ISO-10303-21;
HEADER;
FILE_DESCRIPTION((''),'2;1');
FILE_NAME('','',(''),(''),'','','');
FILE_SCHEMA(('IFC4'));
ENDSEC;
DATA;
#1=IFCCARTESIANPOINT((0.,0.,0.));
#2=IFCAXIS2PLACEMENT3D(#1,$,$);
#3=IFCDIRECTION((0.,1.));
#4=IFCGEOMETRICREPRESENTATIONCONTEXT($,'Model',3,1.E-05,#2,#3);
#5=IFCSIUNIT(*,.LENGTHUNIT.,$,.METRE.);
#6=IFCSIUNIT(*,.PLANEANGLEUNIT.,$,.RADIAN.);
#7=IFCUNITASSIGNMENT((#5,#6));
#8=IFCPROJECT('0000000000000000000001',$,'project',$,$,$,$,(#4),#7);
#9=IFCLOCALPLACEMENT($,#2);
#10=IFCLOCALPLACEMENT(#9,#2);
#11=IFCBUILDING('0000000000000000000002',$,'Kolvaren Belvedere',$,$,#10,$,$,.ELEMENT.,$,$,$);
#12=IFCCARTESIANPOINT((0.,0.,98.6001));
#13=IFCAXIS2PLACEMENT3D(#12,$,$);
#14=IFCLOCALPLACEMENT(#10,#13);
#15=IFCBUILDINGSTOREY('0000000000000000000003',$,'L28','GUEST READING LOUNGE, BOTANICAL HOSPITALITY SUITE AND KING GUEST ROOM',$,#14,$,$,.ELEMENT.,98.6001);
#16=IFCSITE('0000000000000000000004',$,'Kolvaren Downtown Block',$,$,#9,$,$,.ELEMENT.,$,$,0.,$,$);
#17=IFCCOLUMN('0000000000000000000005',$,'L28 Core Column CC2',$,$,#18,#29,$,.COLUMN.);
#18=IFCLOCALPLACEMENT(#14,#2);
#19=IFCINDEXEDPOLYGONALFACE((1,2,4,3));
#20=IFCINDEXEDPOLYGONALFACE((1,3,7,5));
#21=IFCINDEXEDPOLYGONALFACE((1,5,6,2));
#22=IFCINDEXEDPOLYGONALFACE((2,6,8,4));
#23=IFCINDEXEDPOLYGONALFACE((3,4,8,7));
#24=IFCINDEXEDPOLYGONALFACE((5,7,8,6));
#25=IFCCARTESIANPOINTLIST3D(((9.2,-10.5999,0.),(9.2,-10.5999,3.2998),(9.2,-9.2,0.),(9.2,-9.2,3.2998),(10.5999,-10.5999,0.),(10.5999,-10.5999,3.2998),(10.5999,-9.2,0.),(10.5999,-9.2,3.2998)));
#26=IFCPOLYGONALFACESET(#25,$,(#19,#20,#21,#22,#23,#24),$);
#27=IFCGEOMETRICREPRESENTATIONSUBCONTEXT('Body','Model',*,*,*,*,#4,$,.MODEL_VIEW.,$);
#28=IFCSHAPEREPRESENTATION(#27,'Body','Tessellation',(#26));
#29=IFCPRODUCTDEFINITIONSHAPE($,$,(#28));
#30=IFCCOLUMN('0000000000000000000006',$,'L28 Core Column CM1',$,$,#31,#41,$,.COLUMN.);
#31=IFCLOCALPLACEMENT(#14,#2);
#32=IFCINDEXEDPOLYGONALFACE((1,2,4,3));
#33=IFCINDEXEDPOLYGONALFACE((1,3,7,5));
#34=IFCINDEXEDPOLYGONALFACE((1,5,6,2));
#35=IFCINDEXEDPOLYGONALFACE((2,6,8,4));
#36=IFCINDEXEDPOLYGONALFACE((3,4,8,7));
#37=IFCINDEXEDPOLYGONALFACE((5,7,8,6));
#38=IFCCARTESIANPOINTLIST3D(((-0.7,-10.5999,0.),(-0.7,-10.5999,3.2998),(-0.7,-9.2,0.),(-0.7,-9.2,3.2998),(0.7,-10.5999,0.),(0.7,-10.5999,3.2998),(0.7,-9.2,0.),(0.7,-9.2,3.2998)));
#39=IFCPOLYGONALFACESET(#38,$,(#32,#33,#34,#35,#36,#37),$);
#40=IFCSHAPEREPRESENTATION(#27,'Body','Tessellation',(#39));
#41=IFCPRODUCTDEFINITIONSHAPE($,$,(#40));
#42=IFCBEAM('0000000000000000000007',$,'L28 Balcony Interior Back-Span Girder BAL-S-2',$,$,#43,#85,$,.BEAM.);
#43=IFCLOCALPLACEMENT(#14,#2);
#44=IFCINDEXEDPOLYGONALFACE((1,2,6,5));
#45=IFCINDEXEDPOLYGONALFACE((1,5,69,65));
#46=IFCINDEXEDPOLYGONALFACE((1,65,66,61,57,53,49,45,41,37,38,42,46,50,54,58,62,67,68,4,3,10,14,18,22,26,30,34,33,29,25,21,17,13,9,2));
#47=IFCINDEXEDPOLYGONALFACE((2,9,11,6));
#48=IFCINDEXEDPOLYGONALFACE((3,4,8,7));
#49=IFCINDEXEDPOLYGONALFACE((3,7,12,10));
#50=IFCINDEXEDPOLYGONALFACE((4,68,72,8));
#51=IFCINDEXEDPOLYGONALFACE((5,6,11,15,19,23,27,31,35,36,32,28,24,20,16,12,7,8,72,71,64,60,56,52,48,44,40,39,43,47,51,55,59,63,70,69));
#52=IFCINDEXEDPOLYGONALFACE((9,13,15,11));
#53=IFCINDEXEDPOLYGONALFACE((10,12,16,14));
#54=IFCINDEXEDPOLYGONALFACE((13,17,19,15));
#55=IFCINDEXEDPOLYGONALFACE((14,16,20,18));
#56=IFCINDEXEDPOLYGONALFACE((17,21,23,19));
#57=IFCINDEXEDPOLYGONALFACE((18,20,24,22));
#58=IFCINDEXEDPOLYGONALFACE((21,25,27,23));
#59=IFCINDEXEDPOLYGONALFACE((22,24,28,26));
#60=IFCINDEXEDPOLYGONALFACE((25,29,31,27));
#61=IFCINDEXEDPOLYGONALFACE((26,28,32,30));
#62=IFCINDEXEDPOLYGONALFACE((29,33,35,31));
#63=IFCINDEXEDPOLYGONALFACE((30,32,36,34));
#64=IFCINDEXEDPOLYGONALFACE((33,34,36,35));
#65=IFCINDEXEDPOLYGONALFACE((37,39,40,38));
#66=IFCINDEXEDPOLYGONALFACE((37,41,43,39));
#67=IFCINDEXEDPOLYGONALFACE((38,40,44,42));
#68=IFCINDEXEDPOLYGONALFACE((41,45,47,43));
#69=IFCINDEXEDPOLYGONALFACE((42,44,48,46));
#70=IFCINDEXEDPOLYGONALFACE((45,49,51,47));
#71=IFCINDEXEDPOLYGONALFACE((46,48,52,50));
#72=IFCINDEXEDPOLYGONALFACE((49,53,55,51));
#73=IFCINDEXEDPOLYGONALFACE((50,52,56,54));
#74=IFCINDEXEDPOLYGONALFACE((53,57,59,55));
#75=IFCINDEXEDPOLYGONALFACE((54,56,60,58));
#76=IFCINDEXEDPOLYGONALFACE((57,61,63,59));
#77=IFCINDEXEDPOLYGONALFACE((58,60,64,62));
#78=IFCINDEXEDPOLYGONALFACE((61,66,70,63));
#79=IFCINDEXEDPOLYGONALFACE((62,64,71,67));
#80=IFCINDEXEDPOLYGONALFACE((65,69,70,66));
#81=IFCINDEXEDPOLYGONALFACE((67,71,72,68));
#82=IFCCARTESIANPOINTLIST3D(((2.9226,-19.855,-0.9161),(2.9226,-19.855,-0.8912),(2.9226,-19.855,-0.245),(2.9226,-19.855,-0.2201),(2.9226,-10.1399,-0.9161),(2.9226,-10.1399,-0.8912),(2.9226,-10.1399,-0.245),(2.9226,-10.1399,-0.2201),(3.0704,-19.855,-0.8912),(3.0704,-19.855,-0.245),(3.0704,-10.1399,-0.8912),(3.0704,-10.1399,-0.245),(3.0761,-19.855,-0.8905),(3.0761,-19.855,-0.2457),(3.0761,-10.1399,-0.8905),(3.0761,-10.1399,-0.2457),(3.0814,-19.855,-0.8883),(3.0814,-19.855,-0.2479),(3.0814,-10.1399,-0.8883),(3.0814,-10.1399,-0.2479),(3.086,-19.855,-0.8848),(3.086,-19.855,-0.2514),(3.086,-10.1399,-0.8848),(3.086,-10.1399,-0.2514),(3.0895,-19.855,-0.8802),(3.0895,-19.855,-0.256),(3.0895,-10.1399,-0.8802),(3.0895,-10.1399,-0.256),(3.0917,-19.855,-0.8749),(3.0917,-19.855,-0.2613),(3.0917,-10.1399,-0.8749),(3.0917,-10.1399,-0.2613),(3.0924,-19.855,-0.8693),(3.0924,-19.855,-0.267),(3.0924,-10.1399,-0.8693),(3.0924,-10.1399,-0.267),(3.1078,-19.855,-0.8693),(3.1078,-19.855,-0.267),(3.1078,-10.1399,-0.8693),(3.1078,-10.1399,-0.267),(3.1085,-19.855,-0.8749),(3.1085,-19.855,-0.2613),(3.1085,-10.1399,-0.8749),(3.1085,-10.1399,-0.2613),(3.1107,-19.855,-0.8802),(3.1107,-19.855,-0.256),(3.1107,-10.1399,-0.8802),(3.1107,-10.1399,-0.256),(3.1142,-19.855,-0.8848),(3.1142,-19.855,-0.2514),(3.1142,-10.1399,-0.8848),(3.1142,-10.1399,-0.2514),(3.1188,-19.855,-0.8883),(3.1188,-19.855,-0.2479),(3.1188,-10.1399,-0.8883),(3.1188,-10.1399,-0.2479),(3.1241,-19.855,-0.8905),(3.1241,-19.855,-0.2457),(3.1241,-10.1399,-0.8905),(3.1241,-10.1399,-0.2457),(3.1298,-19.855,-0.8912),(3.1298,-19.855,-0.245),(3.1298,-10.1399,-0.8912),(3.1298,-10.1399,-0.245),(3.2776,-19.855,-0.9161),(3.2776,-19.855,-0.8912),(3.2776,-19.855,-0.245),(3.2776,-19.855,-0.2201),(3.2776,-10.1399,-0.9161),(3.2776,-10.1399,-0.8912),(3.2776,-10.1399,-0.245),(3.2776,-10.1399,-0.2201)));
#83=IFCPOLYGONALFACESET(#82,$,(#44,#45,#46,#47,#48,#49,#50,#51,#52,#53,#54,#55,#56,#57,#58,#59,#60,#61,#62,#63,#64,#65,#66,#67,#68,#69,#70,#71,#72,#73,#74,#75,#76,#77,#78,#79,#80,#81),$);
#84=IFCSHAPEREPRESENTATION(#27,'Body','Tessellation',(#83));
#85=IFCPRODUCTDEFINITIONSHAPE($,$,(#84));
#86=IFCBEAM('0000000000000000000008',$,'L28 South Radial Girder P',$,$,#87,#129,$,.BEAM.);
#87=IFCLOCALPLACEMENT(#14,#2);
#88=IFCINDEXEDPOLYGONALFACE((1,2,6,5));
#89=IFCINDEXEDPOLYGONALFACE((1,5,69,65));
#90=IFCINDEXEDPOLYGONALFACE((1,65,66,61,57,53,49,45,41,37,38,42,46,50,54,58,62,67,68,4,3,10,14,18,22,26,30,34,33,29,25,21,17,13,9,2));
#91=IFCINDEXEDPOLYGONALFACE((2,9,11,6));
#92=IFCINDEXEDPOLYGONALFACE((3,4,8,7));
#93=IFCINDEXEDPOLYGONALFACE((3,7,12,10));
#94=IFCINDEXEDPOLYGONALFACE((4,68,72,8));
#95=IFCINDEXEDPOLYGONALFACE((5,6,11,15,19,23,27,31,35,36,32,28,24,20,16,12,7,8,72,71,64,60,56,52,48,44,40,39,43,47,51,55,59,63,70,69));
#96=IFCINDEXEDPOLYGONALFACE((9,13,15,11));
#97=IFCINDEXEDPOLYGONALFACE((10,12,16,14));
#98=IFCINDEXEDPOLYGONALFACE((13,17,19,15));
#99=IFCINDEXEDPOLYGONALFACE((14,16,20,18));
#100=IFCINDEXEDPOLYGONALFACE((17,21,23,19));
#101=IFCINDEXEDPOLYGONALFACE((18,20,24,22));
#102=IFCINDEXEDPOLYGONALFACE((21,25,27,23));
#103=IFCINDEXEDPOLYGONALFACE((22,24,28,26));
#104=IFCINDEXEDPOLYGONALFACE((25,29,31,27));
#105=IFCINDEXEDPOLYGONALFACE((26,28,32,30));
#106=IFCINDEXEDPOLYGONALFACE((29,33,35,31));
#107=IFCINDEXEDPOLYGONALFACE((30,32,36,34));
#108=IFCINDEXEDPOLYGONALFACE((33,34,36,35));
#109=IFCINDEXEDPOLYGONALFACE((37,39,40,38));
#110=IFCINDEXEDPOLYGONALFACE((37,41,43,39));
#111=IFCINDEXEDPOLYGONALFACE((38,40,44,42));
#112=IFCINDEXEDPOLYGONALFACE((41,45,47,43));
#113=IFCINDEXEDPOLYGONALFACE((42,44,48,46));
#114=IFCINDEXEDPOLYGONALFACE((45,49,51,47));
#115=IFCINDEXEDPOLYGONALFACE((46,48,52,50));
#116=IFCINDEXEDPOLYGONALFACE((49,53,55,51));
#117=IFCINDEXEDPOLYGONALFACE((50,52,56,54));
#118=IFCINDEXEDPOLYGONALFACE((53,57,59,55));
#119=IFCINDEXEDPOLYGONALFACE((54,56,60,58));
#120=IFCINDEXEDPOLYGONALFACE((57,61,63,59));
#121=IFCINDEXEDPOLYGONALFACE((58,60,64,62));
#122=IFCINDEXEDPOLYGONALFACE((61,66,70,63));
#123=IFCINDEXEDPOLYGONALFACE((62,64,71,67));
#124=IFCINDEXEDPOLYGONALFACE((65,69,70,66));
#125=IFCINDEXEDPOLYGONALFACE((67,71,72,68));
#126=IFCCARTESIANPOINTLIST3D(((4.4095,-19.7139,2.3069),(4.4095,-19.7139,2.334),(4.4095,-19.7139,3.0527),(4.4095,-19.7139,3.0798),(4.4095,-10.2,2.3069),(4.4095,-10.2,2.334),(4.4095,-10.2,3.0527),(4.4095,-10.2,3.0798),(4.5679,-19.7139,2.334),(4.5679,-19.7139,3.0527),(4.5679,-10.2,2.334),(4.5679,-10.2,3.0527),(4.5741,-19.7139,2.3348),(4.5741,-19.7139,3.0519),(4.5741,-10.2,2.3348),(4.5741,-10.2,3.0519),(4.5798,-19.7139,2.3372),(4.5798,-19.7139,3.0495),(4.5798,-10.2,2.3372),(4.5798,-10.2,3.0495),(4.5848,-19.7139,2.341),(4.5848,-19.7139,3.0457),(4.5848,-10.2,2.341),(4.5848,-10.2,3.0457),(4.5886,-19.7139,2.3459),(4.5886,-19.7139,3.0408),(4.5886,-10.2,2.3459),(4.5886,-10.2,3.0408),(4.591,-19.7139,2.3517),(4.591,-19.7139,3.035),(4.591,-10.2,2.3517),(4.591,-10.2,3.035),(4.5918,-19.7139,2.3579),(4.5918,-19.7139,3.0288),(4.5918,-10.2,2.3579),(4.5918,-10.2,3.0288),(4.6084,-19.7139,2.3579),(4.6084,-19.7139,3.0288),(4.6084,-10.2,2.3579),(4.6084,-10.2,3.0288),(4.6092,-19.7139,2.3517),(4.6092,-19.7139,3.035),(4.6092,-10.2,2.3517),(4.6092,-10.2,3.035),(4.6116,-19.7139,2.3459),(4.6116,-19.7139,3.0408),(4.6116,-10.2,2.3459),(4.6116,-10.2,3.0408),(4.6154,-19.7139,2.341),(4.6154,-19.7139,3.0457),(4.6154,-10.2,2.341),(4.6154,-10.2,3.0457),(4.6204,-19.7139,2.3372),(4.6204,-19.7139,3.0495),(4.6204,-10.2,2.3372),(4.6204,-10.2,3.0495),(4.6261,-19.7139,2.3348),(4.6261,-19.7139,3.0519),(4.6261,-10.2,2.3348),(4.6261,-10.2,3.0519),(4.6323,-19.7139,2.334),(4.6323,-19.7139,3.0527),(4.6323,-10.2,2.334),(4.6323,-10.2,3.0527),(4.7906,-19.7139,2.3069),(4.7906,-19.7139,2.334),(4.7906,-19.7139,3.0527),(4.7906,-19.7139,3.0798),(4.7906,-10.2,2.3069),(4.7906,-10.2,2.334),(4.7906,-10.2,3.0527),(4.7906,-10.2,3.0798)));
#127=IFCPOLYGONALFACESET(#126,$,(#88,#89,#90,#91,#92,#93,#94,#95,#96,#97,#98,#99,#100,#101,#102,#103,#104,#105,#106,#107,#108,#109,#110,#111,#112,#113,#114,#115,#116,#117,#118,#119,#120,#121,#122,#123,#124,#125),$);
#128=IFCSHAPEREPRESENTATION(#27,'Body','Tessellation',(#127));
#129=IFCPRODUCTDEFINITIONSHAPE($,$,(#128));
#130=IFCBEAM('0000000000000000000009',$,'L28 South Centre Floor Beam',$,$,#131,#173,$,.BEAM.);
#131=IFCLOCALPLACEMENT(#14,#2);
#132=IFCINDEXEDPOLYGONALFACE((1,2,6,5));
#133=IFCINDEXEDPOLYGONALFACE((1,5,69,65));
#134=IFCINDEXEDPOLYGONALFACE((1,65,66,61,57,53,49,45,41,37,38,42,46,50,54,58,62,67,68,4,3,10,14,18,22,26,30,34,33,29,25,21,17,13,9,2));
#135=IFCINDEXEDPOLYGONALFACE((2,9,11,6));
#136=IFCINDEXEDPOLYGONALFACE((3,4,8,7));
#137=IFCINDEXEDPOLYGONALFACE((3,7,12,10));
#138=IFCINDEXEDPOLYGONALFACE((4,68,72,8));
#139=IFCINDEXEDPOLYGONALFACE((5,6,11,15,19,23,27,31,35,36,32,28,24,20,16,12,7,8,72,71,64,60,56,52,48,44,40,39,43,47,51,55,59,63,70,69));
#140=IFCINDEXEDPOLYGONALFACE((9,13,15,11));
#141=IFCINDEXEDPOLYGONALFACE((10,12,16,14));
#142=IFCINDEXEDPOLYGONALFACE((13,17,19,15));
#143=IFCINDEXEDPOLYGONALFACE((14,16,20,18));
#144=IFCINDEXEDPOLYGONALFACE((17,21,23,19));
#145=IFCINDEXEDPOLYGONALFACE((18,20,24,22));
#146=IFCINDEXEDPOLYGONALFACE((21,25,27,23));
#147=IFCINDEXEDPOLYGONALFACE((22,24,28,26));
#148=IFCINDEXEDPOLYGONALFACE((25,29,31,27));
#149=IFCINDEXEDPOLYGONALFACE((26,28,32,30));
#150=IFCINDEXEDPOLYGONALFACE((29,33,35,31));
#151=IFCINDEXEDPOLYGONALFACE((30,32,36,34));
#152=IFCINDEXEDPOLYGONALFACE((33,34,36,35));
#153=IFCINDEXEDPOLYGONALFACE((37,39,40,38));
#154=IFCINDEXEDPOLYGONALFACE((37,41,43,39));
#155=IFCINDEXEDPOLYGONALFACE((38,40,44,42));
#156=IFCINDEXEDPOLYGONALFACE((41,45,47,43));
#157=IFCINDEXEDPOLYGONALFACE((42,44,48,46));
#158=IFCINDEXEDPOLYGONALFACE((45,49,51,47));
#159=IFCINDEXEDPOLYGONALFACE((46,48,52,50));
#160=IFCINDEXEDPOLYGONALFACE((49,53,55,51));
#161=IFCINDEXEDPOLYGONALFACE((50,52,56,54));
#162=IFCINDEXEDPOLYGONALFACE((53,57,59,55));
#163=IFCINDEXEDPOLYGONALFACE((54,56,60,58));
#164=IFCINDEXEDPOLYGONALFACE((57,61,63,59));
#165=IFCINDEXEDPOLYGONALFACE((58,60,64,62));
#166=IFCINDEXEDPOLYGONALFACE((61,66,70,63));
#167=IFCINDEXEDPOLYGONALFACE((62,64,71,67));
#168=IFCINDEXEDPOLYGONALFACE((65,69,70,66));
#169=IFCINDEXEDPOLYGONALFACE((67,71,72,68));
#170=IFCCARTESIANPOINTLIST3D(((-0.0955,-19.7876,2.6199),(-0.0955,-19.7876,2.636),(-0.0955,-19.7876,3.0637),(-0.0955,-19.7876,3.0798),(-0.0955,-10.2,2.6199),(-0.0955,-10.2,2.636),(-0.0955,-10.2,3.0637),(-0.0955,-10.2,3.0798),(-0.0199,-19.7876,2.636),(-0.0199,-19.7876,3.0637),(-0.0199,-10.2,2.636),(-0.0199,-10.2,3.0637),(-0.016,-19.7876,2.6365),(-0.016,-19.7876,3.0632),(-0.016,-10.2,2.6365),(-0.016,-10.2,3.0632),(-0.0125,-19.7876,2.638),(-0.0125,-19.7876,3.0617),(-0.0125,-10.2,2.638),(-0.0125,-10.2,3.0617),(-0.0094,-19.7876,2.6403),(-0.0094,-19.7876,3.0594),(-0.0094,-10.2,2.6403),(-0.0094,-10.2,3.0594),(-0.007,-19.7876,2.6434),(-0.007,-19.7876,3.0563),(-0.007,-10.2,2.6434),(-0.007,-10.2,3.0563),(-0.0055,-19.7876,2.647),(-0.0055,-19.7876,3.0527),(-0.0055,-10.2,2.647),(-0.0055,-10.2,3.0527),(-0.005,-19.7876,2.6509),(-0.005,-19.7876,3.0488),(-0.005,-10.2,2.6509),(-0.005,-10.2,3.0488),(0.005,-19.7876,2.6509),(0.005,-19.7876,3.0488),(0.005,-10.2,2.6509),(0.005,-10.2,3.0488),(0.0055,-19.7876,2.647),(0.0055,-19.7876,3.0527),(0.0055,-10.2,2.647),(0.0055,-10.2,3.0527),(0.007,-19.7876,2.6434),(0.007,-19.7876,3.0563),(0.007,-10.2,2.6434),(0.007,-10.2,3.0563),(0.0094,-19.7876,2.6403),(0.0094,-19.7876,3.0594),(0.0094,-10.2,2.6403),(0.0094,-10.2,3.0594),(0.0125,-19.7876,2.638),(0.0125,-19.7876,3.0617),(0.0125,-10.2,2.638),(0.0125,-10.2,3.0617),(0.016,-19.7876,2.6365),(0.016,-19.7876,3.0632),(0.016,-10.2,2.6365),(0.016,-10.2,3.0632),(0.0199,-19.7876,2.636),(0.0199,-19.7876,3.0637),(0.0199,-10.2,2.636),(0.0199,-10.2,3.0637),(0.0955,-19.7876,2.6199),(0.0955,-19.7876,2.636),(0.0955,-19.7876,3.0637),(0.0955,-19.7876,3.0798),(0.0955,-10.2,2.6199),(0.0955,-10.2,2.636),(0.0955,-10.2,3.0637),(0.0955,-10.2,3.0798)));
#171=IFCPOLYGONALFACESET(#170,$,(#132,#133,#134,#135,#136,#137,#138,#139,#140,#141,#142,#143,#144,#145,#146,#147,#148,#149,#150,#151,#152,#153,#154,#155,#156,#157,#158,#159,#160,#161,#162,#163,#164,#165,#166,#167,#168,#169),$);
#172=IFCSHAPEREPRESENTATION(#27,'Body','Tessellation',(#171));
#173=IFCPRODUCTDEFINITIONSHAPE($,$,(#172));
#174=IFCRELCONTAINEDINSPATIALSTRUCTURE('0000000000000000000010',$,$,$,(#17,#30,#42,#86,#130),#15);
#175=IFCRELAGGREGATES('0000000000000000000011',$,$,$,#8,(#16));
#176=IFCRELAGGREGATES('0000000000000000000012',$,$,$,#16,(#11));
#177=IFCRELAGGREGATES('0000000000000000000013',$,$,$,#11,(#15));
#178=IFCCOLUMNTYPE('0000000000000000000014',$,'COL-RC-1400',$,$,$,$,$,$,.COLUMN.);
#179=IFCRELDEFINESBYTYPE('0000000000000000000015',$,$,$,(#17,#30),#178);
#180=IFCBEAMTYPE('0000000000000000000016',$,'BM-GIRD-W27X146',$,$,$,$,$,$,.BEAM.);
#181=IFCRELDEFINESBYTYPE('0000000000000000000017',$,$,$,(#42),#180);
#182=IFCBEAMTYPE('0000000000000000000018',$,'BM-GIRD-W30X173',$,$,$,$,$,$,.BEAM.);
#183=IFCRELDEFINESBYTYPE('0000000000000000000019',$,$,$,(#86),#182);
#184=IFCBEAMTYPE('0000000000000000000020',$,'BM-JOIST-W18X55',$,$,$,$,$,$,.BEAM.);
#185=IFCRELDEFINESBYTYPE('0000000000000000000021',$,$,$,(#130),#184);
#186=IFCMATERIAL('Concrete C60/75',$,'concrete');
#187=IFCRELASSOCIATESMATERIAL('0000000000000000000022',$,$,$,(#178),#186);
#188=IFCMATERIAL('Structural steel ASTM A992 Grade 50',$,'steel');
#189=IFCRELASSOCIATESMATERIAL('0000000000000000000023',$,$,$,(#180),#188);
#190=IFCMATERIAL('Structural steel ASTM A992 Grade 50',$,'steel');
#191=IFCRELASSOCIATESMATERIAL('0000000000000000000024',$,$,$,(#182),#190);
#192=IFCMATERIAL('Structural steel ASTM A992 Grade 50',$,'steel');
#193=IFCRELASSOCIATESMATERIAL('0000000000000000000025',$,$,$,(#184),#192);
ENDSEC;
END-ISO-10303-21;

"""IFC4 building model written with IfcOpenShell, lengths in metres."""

from ifc_helpers import new_model, si_unit, direction, frame, origin, origin_2d, place, context, subcontext, project, spatial, rectangle, i_section, extrude, material, material_profile, profile_set, type_object, element, save


model = new_model("IFC4")

# Units and contexts
model_context = context("Model", 3, precision=1e-05, world=origin(), true_north=direction((0.0, 1.0)))
body_context = subcontext(model_context, "Body", "Model", "MODEL_VIEW")
ifc_project = project(units=[si_unit("LENGTHUNIT", "METRE"), si_unit("PLANEANGLEUNIT", "RADIAN")], contexts=[model_context])

# Site, building, storey
site_placement = place(None, origin())
site = spatial("IfcSite", under=ifc_project, at=site_placement, Name="Kolvaren Downtown Block", CompositionType="ELEMENT", RefElevation=0.0)
building_placement = place(site_placement, origin())
building = spatial("IfcBuilding", under=site, at=building_placement, Name="Kolvaren Belvedere", CompositionType="ELEMENT")
storey_placement = place(building_placement, frame((0.0, 0.0, 98.6001)))
storey = spatial("IfcBuildingStorey", under=building, at=storey_placement, Name="L28", Description="GUEST READING LOUNGE, BOTANICAL HOSPITALITY SUITE AND KING GUEST ROOM", CompositionType="ELEMENT", Elevation=98.6001)

# Columns
ifc_material_1 = material(Name="Concrete C60/75", Category="concrete")
ifc_material_profile_1 = material_profile(ifc_material_1, rectangle(XDim=1.3999, YDim=1.3999, at=origin_2d()), Name="RC 1400X1400")
ifc_profile_set_1 = profile_set([ifc_material_profile_1], Name="Concrete C60/75")
column_type = type_object("IfcColumnType", Name="COL-RC-1400", PredefinedType="COLUMN", material=ifc_profile_set_1)
for number, where, z_axis, x_axis, name in (
    (1, (9.8999, -9.8999, 0.0), (0.0, 0.0, 1.0), (1.0, 0.0, 0.0), "L28 Core Column CC2"),
    (2, (0.0, -9.8999, 0.0), (0.0, 0.0, 1.0), (1.0, 0.0, 0.0), "L28 Core Column CM1"),
):
    element("IfcColumn", number, at=place(storey_placement, frame(where, z_axis=z_axis, x_axis=x_axis)), inside=storey, type_object=column_type, Name=name, PredefinedType="COLUMN", context=body_context, shape_type="SweptSolid", body=[
        extrude(rectangle(XDim=1.3999, YDim=1.3999, at=origin_2d()), origin(), (0.0, 0.0, 1.0), 3.2998),
    ])

# Beams
ifc_material_2 = material(Name="Structural steel ASTM A992 Grade 50", Category="steel")
ifc_material_profile_2 = material_profile(ifc_material_2, i_section(OverallWidth=0.355, OverallDepth=0.696, WebThickness=0.0154, FlangeThickness=0.0249, FilletRadius=0.022, at=origin_2d()), Name="W27X146")
ifc_profile_set_2 = profile_set([ifc_material_profile_2], Name="Structural steel ASTM A992 Grade 50")
beam_type_1 = type_object("IfcBeamType", Name="BM-GIRD-W27X146", PredefinedType="BEAM", material=ifc_profile_set_2)
beam_1_placement = place(storey_placement, frame((3.1001, -10.1399, -0.5681), z_axis=(0.0, -1.0, 0.0), x_axis=(1.0, 0.0, 0.0)))
element("IfcBeam", 3, at=beam_1_placement, inside=storey, type_object=beam_type_1, Name="L28 Balcony Interior Back-Span Girder BAL-S-2", PredefinedType="BEAM", context=body_context, shape_type="SweptSolid", body=[
    extrude(i_section(OverallWidth=0.355, OverallDepth=0.696, WebThickness=0.0154, FlangeThickness=0.0249, FilletRadius=0.022, at=origin_2d()), origin(), (0.0, 0.0, 1.0), 9.7151),
])
ifc_material_3 = material(Name="Structural steel ASTM A992 Grade 50", Category="steel")
ifc_material_profile_3 = material_profile(ifc_material_3, i_section(OverallWidth=0.3811, OverallDepth=0.7729, WebThickness=0.0166, FlangeThickness=0.0271, FilletRadius=0.0239, at=origin_2d()), Name="W30X173")
ifc_profile_set_3 = profile_set([ifc_material_profile_3], Name="Structural steel ASTM A992 Grade 50")
beam_type_2 = type_object("IfcBeamType", Name="BM-GIRD-W30X173", PredefinedType="BEAM", material=ifc_profile_set_3)
beam_2_placement = place(storey_placement, frame((4.6001, -10.2, 2.6934), z_axis=(0.0, -1.0, 0.0), x_axis=(1.0, 0.0, 0.0)))
element("IfcBeam", 4, at=beam_2_placement, inside=storey, type_object=beam_type_2, Name="L28 South Radial Girder P", PredefinedType="BEAM", context=body_context, shape_type="SweptSolid", body=[
    extrude(i_section(OverallWidth=0.3811, OverallDepth=0.7729, WebThickness=0.0166, FlangeThickness=0.0271, FilletRadius=0.0239, at=origin_2d()), origin(), (0.0, 0.0, 1.0), 9.5139),
])
ifc_material_4 = material(Name="Structural steel ASTM A992 Grade 50", Category="steel")
ifc_material_profile_4 = material_profile(ifc_material_4, i_section(OverallWidth=0.1909, OverallDepth=0.46, WebThickness=0.01, FlangeThickness=0.0161, FilletRadius=0.0149, at=origin_2d()), Name="W18X55")
ifc_profile_set_4 = profile_set([ifc_material_profile_4], Name="Structural steel ASTM A992 Grade 50")
beam_type_3 = type_object("IfcBeamType", Name="BM-JOIST-W18X55", PredefinedType="BEAM", material=ifc_profile_set_4)
beam_3_placement = place(storey_placement, frame((0.0, -10.2, 2.8499), z_axis=(0.0, -1.0, 0.0), x_axis=(1.0, 0.0, 0.0)))
element("IfcBeam", 5, at=beam_3_placement, inside=storey, type_object=beam_type_3, Name="L28 South Centre Floor Beam", PredefinedType="BEAM", context=body_context, shape_type="SweptSolid", body=[
    extrude(i_section(OverallWidth=0.1909, OverallDepth=0.46, WebThickness=0.01, FlangeThickness=0.0161, FilletRadius=0.0149, at=origin_2d()), origin(), (0.0, 0.0, 1.0), 9.5876),
])

save(model, "model.ifc")
